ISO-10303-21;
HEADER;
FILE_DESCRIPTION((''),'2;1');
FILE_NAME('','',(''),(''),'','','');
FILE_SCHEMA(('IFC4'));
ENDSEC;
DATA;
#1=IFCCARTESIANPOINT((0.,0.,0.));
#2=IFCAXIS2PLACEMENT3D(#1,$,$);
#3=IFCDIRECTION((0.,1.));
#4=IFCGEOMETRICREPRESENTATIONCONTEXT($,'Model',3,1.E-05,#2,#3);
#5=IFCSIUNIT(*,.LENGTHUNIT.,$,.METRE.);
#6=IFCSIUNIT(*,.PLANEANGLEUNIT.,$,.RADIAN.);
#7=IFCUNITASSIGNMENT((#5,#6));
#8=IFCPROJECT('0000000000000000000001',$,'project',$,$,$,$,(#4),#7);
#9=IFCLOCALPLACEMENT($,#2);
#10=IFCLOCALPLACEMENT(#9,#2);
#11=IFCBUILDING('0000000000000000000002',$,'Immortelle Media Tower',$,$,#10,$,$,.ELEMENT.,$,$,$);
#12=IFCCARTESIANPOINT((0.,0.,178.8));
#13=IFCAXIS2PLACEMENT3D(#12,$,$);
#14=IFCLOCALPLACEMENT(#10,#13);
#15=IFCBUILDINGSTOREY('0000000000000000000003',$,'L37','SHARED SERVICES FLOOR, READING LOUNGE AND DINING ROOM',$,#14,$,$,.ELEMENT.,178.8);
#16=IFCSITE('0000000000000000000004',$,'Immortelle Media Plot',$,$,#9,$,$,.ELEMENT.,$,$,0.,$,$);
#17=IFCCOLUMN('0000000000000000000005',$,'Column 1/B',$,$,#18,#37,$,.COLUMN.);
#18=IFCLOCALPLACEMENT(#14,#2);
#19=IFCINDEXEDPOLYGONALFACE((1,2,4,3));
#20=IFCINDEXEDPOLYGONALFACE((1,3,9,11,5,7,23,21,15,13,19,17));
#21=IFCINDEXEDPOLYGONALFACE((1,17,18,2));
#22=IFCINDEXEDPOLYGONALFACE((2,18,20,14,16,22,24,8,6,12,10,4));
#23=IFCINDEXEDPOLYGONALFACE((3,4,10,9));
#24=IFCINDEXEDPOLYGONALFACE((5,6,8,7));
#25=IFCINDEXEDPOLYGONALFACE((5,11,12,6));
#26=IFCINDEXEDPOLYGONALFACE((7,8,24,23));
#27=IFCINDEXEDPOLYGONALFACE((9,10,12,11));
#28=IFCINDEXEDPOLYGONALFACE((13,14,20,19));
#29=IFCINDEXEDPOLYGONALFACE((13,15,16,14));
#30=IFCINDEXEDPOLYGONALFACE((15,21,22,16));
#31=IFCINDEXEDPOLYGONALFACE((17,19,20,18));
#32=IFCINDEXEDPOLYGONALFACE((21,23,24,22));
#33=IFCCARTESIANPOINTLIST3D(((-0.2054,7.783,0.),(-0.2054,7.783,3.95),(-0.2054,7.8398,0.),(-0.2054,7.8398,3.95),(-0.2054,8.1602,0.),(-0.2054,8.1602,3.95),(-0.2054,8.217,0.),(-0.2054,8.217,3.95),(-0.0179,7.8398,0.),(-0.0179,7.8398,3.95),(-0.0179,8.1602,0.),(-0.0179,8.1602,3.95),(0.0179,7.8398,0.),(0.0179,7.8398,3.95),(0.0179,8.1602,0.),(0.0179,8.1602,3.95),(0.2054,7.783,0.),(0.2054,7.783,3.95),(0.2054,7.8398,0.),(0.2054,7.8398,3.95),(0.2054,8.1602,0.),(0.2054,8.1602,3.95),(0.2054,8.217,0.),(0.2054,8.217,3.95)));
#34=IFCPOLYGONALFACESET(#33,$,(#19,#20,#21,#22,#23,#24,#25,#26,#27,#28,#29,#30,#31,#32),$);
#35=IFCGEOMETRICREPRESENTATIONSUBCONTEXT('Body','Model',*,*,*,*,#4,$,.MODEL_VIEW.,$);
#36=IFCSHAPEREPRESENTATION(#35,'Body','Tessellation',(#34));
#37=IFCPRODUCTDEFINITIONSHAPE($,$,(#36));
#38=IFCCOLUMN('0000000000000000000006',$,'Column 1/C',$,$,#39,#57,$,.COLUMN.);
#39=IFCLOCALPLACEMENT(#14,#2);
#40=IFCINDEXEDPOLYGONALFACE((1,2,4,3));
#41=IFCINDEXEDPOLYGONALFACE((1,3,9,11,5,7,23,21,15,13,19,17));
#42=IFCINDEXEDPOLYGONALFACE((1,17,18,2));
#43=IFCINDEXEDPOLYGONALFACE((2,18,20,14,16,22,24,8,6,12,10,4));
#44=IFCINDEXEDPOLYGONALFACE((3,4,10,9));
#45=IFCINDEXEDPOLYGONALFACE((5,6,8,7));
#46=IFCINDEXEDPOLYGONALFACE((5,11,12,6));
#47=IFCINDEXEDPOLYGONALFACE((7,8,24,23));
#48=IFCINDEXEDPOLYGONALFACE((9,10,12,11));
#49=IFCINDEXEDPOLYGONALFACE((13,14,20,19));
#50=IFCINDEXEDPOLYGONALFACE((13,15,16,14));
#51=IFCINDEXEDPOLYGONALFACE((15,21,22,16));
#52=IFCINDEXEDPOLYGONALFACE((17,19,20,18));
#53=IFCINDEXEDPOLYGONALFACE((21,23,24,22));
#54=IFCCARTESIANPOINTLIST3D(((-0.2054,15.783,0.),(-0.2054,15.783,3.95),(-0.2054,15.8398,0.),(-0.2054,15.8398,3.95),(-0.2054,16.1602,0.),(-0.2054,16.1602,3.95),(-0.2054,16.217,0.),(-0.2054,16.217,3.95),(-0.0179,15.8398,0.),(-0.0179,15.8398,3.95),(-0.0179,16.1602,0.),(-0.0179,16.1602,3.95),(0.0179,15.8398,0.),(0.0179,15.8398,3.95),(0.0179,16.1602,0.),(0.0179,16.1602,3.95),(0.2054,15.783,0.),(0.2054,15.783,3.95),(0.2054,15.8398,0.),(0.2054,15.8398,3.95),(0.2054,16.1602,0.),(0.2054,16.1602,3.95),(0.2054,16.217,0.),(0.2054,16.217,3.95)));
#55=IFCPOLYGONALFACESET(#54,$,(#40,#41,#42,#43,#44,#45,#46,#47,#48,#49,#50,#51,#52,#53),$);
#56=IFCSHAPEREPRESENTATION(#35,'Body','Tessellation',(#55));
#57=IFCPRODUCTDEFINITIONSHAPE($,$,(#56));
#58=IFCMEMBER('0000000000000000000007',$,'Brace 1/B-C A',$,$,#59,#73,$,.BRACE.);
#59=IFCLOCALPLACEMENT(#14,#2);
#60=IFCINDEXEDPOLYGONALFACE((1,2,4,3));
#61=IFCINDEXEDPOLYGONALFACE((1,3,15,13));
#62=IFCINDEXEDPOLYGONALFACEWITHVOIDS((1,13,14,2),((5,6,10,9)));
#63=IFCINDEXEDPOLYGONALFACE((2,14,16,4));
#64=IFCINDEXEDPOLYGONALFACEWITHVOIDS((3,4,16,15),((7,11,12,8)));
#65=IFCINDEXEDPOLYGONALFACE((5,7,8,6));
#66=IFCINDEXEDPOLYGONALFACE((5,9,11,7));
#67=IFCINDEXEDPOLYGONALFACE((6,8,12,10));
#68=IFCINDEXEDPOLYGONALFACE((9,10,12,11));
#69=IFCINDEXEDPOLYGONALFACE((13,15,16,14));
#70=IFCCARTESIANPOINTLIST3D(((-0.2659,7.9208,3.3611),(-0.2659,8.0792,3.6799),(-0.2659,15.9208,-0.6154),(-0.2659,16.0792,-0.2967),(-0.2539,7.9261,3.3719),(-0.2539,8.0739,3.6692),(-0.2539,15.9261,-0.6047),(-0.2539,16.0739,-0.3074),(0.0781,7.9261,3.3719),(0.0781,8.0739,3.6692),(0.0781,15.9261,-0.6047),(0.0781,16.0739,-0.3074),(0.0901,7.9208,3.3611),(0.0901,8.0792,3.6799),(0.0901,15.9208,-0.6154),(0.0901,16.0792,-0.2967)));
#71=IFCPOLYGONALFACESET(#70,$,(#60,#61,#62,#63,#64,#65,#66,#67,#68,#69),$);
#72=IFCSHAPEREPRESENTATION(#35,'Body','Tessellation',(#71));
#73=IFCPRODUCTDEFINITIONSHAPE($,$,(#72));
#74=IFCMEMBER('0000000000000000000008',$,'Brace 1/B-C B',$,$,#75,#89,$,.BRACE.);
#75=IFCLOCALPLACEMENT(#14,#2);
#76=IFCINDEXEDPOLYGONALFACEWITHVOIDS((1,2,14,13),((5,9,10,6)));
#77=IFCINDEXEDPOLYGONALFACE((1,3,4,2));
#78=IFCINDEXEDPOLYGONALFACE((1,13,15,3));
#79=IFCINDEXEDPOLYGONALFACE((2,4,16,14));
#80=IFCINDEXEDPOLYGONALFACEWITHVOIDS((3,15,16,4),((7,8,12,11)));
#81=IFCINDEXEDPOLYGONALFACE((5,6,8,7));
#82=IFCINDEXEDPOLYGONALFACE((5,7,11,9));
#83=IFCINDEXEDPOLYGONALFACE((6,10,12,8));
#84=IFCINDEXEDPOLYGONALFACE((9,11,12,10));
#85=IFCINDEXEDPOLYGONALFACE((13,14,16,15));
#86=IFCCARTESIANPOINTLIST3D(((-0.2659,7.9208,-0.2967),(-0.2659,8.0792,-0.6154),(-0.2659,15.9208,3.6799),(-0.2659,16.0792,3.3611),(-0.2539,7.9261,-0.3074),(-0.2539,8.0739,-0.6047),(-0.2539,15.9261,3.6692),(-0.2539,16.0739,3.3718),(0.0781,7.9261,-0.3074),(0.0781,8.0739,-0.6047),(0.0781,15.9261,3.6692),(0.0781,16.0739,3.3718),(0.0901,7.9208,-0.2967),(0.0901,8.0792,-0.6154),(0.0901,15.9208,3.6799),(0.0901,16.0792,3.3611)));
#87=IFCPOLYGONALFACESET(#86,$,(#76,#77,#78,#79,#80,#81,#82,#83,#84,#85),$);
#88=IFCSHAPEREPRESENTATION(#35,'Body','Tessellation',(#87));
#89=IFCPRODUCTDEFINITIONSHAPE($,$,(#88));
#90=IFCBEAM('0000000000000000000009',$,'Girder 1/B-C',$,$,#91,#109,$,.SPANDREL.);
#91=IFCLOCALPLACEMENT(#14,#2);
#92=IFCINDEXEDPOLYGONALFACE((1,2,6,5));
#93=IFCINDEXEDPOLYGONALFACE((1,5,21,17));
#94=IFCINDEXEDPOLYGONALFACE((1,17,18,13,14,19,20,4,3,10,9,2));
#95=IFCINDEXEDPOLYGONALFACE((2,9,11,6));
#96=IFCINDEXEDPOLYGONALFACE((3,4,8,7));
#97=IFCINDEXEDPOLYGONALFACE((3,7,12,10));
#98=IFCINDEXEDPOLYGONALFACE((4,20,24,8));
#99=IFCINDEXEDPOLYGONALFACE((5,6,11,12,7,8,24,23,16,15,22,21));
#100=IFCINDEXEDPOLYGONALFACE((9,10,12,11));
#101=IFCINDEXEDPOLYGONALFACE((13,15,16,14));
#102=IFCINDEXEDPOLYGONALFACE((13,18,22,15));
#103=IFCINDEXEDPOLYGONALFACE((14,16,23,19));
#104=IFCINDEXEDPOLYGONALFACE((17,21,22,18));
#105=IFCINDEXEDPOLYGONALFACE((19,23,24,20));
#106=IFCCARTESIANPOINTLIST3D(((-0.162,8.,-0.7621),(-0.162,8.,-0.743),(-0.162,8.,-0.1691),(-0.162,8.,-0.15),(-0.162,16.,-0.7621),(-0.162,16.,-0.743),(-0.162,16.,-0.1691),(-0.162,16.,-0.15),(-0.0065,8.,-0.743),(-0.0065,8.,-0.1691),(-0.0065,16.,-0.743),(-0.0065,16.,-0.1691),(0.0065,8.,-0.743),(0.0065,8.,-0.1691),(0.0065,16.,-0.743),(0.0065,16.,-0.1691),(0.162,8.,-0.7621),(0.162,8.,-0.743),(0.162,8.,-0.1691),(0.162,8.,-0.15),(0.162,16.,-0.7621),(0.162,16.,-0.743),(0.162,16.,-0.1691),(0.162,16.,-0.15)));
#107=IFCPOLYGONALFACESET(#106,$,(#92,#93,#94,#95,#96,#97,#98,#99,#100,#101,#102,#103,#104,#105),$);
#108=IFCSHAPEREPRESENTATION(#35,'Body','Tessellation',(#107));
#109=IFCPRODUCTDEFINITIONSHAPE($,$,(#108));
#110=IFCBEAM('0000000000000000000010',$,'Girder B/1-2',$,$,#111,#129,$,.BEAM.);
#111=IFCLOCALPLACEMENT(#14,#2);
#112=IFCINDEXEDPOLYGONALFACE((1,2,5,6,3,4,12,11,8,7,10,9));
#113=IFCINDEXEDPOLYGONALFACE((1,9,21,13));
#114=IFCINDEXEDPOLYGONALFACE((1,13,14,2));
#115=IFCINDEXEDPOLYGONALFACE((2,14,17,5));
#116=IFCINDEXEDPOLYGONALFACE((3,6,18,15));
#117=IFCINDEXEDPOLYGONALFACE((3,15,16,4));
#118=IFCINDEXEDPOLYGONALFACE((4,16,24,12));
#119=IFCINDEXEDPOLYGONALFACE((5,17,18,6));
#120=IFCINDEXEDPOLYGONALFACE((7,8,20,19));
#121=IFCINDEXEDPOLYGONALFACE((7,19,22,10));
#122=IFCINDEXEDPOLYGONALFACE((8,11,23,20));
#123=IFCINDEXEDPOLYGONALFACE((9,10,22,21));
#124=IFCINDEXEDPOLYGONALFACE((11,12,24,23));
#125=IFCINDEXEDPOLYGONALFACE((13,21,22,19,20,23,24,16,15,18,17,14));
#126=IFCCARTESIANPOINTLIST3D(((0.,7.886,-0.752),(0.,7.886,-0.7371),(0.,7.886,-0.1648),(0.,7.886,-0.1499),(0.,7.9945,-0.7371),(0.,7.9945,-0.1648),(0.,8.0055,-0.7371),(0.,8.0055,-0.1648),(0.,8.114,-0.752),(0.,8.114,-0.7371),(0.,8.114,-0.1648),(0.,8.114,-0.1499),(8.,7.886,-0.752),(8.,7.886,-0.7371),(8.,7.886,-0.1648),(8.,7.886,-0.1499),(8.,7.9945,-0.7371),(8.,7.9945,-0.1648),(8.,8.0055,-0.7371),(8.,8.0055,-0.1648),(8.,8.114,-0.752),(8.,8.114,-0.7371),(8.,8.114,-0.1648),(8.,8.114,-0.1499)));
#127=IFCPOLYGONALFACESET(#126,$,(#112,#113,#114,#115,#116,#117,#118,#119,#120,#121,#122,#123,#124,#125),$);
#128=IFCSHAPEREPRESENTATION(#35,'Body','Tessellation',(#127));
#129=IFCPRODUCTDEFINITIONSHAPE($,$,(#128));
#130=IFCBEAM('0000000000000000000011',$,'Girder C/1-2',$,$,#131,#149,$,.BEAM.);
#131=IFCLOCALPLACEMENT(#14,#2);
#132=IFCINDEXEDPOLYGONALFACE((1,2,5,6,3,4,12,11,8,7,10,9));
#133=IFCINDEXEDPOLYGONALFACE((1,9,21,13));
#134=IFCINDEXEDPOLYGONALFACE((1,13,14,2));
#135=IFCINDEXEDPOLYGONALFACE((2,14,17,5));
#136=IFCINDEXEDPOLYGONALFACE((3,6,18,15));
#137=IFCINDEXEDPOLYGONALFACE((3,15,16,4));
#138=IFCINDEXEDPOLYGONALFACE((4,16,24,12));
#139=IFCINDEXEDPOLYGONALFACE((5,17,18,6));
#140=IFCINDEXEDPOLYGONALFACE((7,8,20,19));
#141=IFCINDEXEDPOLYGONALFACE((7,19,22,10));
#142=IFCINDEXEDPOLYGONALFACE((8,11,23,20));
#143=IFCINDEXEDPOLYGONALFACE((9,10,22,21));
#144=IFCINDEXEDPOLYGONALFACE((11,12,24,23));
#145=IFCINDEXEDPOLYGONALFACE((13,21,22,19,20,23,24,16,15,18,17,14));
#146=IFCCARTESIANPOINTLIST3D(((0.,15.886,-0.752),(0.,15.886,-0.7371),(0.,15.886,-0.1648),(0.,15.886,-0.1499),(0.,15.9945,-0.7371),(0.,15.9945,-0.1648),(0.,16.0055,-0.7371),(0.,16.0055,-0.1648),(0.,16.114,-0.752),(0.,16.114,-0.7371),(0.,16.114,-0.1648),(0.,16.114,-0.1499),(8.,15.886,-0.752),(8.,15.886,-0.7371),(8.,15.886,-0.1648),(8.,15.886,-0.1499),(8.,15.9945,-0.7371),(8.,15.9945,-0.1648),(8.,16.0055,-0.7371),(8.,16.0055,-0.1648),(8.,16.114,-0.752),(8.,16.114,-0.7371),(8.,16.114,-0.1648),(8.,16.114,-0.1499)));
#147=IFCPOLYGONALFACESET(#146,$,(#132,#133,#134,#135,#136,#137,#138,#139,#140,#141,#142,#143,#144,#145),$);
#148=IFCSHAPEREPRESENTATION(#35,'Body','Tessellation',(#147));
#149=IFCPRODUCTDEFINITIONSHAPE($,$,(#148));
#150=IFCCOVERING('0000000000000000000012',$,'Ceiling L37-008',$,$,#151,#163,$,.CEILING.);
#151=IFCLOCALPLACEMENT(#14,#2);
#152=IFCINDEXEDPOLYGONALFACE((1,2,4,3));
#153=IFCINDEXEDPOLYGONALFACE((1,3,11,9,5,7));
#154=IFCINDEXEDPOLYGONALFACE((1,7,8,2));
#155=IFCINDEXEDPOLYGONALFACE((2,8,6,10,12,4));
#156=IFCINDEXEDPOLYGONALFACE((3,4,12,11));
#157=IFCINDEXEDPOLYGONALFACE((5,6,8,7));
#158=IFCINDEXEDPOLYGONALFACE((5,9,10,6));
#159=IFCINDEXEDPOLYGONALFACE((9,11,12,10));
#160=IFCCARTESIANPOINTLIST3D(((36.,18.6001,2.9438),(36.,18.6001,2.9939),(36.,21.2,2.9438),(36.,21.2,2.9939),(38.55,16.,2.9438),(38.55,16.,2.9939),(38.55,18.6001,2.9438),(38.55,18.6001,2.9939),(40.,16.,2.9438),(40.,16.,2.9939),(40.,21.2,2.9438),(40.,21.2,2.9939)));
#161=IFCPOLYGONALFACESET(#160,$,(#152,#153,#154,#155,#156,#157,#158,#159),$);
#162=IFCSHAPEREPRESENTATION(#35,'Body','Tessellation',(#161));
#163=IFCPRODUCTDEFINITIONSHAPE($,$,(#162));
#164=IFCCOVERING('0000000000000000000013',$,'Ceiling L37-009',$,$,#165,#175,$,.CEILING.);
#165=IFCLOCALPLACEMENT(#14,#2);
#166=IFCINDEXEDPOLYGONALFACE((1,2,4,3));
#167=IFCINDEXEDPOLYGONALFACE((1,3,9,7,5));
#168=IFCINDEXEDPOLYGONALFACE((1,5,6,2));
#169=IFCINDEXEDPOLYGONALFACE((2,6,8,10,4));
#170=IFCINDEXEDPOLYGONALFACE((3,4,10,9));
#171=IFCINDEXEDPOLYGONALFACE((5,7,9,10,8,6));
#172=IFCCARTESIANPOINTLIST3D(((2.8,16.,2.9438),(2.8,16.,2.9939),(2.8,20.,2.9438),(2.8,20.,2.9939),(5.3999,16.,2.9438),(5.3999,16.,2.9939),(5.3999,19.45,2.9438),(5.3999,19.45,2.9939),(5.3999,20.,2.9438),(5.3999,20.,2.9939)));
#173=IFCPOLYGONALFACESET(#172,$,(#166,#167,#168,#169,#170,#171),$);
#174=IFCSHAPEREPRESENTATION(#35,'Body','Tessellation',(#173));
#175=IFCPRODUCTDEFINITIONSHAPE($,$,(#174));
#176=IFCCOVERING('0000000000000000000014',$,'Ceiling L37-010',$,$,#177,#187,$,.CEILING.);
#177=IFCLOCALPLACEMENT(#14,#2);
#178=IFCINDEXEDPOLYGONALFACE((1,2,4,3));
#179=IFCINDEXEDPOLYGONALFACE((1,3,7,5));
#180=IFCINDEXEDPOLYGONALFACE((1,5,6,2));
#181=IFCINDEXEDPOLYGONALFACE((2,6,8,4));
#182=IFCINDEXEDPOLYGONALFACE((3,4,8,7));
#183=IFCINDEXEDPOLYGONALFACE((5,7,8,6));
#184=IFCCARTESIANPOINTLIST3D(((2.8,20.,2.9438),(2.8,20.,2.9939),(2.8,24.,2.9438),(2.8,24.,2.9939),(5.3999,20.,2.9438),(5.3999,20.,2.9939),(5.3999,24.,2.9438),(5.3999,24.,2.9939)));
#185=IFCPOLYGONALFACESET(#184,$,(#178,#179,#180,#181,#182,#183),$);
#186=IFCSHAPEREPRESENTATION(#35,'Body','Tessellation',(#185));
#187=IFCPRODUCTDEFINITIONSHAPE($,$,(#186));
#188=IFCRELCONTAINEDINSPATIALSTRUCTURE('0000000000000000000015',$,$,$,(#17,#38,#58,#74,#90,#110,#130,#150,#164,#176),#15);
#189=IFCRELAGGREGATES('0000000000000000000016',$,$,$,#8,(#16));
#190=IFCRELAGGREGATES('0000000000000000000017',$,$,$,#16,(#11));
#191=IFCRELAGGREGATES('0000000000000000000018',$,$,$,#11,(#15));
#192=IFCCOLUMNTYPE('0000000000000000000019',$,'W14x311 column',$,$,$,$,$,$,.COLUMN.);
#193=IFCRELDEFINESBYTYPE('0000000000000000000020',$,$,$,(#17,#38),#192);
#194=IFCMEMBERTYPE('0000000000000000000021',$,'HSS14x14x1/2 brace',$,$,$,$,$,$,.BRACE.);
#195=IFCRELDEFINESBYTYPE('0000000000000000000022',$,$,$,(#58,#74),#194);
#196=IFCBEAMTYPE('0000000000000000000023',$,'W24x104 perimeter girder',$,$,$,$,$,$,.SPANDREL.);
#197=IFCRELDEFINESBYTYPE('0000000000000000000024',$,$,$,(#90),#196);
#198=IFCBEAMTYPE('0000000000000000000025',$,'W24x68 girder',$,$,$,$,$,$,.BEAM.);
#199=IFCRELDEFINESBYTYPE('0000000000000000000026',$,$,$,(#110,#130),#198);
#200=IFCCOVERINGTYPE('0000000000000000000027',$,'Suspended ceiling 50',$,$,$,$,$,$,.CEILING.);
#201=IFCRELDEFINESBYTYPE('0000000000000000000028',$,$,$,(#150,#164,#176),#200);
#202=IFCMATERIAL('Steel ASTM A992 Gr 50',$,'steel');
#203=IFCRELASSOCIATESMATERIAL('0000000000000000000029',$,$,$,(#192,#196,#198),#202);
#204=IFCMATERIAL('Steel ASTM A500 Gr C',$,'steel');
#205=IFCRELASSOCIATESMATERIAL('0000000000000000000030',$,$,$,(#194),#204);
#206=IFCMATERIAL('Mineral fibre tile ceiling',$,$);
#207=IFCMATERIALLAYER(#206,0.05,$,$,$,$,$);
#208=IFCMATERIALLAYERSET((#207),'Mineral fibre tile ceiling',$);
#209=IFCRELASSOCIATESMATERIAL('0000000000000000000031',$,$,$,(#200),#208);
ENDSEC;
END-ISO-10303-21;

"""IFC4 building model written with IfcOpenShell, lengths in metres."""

from ifc_helpers import new_model, si_unit, direction, frame, origin, origin_2d, place, context, subcontext, project, spatial, polyline, hollow_rectangle, i_section, outline, extrude, material, layer, layer_set, material_profile, profile_set, type_object, element, save


model = new_model("IFC4")

# Units and contexts
model_context = context("Model", 3, precision=1e-05, world=origin(), true_north=direction((0.0, 1.0)))
body_context = subcontext(model_context, "Body", "Model", "MODEL_VIEW")
ifc_project = project(units=[si_unit("LENGTHUNIT", "METRE"), si_unit("PLANEANGLEUNIT", "RADIAN")], contexts=[model_context])

# Site, building, storey
site_placement = place(None, origin())
site = spatial("IfcSite", under=ifc_project, at=site_placement, Name="Immortelle Media Plot", CompositionType="ELEMENT", RefElevation=0.0)
building_placement = place(site_placement, origin())
building = spatial("IfcBuilding", under=site, at=building_placement, Name="Immortelle Media Tower", CompositionType="ELEMENT")
storey_placement = place(building_placement, frame((0.0, 0.0, 178.8)))
storey = spatial("IfcBuildingStorey", under=building, at=storey_placement, Name="L37", Description="SHARED SERVICES FLOOR, READING LOUNGE AND DINING ROOM", CompositionType="ELEMENT", Elevation=178.8)

# Columns
ifc_material_1 = material(Name="Steel ASTM A992 Gr 50", Category="steel")
ifc_material_profile_1 = material_profile(ifc_material_1, i_section(OverallWidth=0.4109, OverallDepth=0.4341, WebThickness=0.0359, FlangeThickness=0.0569, at=origin_2d()), Name="W14x311")
ifc_profile_set_1 = profile_set([ifc_material_profile_1], Name="Steel ASTM A992 Gr 50")
column_type = type_object("IfcColumnType", Name="W14x311 column", PredefinedType="COLUMN", material=ifc_profile_set_1)
for number, where, z_axis, x_axis, name in (
    (1, (0.0, 8.0, 0.0), (0.0, 0.0, 1.0), (1.0, 0.0, 0.0), "Column 1/B"),
    (2, (0.0, 16.0, 0.0), (0.0, 0.0, 1.0), (1.0, 0.0, 0.0), "Column 1/C"),
):
    element("IfcColumn", number, at=place(storey_placement, frame(where, z_axis=z_axis, x_axis=x_axis)), inside=storey, type_object=column_type, Name=name, PredefinedType="COLUMN", context=body_context, shape_type="SweptSolid", body=[
        extrude(i_section(OverallWidth=0.4109, OverallDepth=0.4341, WebThickness=0.0359, FlangeThickness=0.0569, at=origin_2d()), origin(), (0.0, 0.0, 1.0), 3.95),
    ])

# Members
ifc_material_2 = material(Name="Steel ASTM A500 Gr C", Category="steel")
ifc_material_profile_2 = material_profile(ifc_material_2, hollow_rectangle(XDim=0.356, YDim=0.356, WallThickness=0.012, at=origin_2d()), Name="HSS14x14x1/2 brace")
ifc_profile_set_2 = profile_set([ifc_material_profile_2], Name="Steel ASTM A500 Gr C")
member_type = type_object("IfcMemberType", Name="HSS14x14x1/2 brace", PredefinedType="BRACE", material=ifc_profile_set_2)
for number, where, z_axis, x_axis, name in (
    (3, (-0.0879, 16.0, -0.4561), (0.0, -0.895474, 0.445114), (1.0, 0.0, 0.0), "Brace 1/B-C A"),
    (4, (-0.0879, 16.0, 3.5205), (0.0, -0.895474, -0.445114), (1.0, 0.0, 0.0), "Brace 1/B-C B"),
):
    element("IfcMember", number, at=place(storey_placement, frame(where, z_axis=z_axis, x_axis=x_axis)), inside=storey, type_object=member_type, Name=name, PredefinedType="BRACE", context=body_context, shape_type="SweptSolid", body=[
        extrude(hollow_rectangle(XDim=0.356, YDim=0.356, WallThickness=0.012, at=origin_2d()), origin(), (0.0, 0.0, 1.0), 8.9338),
    ])

# Beams
ifc_material_profile_3 = material_profile(ifc_material_1, i_section(OverallWidth=0.324, OverallDepth=0.6121, WebThickness=0.0129, FlangeThickness=0.019, at=origin_2d()), Name="W24x104")
ifc_profile_set_3 = profile_set([ifc_material_profile_3], Name="Steel ASTM A992 Gr 50")
beam_type_1 = type_object("IfcBeamType", Name="W24x104 perimeter girder", PredefinedType="SPANDREL", material=ifc_profile_set_3)
beam_placement = place(storey_placement, frame((0.0, 8.0, -0.4561), z_axis=(0.0, 1.0, 0.0), x_axis=(-1.0, 0.0, 0.0)))
element("IfcBeam", 5, at=beam_placement, inside=storey, type_object=beam_type_1, Name="Girder 1/B-C", PredefinedType="SPANDREL", context=body_context, shape_type="SweptSolid", body=[
    extrude(i_section(OverallWidth=0.324, OverallDepth=0.6121, WebThickness=0.0129, FlangeThickness=0.019, at=origin_2d()), origin(), (0.0, 0.0, 1.0), 8.0),
])
ifc_material_profile_4 = material_profile(ifc_material_1, i_section(OverallWidth=0.228, OverallDepth=0.6021, WebThickness=0.011, FlangeThickness=0.0149, at=origin_2d()), Name="W24x68")
ifc_profile_set_4 = profile_set([ifc_material_profile_4], Name="Steel ASTM A992 Gr 50")
beam_type_2 = type_object("IfcBeamType", Name="W24x68 girder", PredefinedType="BEAM", material=ifc_profile_set_4)
for number, where, z_axis, x_axis, name in (
    (6, (0.0, 8.0, -0.4509), (1.0, 0.0, 0.0), (0.0, 1.0, 0.0), "Girder B/1-2"),
    (7, (0.0, 16.0, -0.4509), (1.0, 0.0, 0.0), (0.0, 1.0, 0.0), "Girder C/1-2"),
):
    element("IfcBeam", number, at=place(storey_placement, frame(where, z_axis=z_axis, x_axis=x_axis)), inside=storey, type_object=beam_type_2, Name=name, PredefinedType="BEAM", context=body_context, shape_type="SweptSolid", body=[
        extrude(i_section(OverallWidth=0.228, OverallDepth=0.6021, WebThickness=0.011, FlangeThickness=0.0149, at=origin_2d()), origin(), (0.0, 0.0, 1.0), 8.0),
    ])

# Coverings
ifc_material_3 = material(Name="Mineral fibre tile ceiling")
ifc_layer = layer(ifc_material_3, 0.05)
ifc_layer_set = layer_set([ifc_layer], Name="Mineral fibre tile ceiling")
covering_type = type_object("IfcCoveringType", Name="Suspended ceiling 50", PredefinedType="CEILING", material=ifc_layer_set)
covering_1_placement = place(storey_placement, frame((0.0, 0.0, 2.9438)))
element("IfcCovering", 8, at=covering_1_placement, inside=storey, type_object=covering_type, Name="Ceiling L37-008", PredefinedType="CEILING", context=body_context, shape_type="SweptSolid", body=[
    extrude(outline(polyline([(38.55, 18.6001), (36.0, 18.6001), (36.0, 21.2), (40.0, 21.2), (40.0, 16.0), (38.55, 16.0), (38.55, 18.6001)])), origin(), (0.0, 0.0, 1.0), 0.05),
])
covering_2_placement = place(storey_placement, frame((0.0, 0.0, 2.9438)))
element("IfcCovering", 9, at=covering_2_placement, inside=storey, type_object=covering_type, Name="Ceiling L37-009", PredefinedType="CEILING", context=body_context, shape_type="SweptSolid", body=[
    extrude(outline(polyline([(5.3999, 16.0), (2.8, 16.0), (2.8, 20.0), (5.3999, 20.0), (5.3999, 19.45), (5.3999, 16.0)])), origin(), (0.0, 0.0, 1.0), 0.05),
])
covering_3_placement = place(storey_placement, frame((0.0, 0.0, 2.9438)))
element("IfcCovering", 10, at=covering_3_placement, inside=storey, type_object=covering_type, Name="Ceiling L37-010", PredefinedType="CEILING", context=body_context, shape_type="SweptSolid", body=[
    extrude(outline(polyline([(2.8, 24.0), (5.3999, 24.0), (5.3999, 20.0), (2.8, 20.0), (2.8, 24.0)])), origin(), (0.0, 0.0, 1.0), 0.05),
])

save(model, "model.ifc")
